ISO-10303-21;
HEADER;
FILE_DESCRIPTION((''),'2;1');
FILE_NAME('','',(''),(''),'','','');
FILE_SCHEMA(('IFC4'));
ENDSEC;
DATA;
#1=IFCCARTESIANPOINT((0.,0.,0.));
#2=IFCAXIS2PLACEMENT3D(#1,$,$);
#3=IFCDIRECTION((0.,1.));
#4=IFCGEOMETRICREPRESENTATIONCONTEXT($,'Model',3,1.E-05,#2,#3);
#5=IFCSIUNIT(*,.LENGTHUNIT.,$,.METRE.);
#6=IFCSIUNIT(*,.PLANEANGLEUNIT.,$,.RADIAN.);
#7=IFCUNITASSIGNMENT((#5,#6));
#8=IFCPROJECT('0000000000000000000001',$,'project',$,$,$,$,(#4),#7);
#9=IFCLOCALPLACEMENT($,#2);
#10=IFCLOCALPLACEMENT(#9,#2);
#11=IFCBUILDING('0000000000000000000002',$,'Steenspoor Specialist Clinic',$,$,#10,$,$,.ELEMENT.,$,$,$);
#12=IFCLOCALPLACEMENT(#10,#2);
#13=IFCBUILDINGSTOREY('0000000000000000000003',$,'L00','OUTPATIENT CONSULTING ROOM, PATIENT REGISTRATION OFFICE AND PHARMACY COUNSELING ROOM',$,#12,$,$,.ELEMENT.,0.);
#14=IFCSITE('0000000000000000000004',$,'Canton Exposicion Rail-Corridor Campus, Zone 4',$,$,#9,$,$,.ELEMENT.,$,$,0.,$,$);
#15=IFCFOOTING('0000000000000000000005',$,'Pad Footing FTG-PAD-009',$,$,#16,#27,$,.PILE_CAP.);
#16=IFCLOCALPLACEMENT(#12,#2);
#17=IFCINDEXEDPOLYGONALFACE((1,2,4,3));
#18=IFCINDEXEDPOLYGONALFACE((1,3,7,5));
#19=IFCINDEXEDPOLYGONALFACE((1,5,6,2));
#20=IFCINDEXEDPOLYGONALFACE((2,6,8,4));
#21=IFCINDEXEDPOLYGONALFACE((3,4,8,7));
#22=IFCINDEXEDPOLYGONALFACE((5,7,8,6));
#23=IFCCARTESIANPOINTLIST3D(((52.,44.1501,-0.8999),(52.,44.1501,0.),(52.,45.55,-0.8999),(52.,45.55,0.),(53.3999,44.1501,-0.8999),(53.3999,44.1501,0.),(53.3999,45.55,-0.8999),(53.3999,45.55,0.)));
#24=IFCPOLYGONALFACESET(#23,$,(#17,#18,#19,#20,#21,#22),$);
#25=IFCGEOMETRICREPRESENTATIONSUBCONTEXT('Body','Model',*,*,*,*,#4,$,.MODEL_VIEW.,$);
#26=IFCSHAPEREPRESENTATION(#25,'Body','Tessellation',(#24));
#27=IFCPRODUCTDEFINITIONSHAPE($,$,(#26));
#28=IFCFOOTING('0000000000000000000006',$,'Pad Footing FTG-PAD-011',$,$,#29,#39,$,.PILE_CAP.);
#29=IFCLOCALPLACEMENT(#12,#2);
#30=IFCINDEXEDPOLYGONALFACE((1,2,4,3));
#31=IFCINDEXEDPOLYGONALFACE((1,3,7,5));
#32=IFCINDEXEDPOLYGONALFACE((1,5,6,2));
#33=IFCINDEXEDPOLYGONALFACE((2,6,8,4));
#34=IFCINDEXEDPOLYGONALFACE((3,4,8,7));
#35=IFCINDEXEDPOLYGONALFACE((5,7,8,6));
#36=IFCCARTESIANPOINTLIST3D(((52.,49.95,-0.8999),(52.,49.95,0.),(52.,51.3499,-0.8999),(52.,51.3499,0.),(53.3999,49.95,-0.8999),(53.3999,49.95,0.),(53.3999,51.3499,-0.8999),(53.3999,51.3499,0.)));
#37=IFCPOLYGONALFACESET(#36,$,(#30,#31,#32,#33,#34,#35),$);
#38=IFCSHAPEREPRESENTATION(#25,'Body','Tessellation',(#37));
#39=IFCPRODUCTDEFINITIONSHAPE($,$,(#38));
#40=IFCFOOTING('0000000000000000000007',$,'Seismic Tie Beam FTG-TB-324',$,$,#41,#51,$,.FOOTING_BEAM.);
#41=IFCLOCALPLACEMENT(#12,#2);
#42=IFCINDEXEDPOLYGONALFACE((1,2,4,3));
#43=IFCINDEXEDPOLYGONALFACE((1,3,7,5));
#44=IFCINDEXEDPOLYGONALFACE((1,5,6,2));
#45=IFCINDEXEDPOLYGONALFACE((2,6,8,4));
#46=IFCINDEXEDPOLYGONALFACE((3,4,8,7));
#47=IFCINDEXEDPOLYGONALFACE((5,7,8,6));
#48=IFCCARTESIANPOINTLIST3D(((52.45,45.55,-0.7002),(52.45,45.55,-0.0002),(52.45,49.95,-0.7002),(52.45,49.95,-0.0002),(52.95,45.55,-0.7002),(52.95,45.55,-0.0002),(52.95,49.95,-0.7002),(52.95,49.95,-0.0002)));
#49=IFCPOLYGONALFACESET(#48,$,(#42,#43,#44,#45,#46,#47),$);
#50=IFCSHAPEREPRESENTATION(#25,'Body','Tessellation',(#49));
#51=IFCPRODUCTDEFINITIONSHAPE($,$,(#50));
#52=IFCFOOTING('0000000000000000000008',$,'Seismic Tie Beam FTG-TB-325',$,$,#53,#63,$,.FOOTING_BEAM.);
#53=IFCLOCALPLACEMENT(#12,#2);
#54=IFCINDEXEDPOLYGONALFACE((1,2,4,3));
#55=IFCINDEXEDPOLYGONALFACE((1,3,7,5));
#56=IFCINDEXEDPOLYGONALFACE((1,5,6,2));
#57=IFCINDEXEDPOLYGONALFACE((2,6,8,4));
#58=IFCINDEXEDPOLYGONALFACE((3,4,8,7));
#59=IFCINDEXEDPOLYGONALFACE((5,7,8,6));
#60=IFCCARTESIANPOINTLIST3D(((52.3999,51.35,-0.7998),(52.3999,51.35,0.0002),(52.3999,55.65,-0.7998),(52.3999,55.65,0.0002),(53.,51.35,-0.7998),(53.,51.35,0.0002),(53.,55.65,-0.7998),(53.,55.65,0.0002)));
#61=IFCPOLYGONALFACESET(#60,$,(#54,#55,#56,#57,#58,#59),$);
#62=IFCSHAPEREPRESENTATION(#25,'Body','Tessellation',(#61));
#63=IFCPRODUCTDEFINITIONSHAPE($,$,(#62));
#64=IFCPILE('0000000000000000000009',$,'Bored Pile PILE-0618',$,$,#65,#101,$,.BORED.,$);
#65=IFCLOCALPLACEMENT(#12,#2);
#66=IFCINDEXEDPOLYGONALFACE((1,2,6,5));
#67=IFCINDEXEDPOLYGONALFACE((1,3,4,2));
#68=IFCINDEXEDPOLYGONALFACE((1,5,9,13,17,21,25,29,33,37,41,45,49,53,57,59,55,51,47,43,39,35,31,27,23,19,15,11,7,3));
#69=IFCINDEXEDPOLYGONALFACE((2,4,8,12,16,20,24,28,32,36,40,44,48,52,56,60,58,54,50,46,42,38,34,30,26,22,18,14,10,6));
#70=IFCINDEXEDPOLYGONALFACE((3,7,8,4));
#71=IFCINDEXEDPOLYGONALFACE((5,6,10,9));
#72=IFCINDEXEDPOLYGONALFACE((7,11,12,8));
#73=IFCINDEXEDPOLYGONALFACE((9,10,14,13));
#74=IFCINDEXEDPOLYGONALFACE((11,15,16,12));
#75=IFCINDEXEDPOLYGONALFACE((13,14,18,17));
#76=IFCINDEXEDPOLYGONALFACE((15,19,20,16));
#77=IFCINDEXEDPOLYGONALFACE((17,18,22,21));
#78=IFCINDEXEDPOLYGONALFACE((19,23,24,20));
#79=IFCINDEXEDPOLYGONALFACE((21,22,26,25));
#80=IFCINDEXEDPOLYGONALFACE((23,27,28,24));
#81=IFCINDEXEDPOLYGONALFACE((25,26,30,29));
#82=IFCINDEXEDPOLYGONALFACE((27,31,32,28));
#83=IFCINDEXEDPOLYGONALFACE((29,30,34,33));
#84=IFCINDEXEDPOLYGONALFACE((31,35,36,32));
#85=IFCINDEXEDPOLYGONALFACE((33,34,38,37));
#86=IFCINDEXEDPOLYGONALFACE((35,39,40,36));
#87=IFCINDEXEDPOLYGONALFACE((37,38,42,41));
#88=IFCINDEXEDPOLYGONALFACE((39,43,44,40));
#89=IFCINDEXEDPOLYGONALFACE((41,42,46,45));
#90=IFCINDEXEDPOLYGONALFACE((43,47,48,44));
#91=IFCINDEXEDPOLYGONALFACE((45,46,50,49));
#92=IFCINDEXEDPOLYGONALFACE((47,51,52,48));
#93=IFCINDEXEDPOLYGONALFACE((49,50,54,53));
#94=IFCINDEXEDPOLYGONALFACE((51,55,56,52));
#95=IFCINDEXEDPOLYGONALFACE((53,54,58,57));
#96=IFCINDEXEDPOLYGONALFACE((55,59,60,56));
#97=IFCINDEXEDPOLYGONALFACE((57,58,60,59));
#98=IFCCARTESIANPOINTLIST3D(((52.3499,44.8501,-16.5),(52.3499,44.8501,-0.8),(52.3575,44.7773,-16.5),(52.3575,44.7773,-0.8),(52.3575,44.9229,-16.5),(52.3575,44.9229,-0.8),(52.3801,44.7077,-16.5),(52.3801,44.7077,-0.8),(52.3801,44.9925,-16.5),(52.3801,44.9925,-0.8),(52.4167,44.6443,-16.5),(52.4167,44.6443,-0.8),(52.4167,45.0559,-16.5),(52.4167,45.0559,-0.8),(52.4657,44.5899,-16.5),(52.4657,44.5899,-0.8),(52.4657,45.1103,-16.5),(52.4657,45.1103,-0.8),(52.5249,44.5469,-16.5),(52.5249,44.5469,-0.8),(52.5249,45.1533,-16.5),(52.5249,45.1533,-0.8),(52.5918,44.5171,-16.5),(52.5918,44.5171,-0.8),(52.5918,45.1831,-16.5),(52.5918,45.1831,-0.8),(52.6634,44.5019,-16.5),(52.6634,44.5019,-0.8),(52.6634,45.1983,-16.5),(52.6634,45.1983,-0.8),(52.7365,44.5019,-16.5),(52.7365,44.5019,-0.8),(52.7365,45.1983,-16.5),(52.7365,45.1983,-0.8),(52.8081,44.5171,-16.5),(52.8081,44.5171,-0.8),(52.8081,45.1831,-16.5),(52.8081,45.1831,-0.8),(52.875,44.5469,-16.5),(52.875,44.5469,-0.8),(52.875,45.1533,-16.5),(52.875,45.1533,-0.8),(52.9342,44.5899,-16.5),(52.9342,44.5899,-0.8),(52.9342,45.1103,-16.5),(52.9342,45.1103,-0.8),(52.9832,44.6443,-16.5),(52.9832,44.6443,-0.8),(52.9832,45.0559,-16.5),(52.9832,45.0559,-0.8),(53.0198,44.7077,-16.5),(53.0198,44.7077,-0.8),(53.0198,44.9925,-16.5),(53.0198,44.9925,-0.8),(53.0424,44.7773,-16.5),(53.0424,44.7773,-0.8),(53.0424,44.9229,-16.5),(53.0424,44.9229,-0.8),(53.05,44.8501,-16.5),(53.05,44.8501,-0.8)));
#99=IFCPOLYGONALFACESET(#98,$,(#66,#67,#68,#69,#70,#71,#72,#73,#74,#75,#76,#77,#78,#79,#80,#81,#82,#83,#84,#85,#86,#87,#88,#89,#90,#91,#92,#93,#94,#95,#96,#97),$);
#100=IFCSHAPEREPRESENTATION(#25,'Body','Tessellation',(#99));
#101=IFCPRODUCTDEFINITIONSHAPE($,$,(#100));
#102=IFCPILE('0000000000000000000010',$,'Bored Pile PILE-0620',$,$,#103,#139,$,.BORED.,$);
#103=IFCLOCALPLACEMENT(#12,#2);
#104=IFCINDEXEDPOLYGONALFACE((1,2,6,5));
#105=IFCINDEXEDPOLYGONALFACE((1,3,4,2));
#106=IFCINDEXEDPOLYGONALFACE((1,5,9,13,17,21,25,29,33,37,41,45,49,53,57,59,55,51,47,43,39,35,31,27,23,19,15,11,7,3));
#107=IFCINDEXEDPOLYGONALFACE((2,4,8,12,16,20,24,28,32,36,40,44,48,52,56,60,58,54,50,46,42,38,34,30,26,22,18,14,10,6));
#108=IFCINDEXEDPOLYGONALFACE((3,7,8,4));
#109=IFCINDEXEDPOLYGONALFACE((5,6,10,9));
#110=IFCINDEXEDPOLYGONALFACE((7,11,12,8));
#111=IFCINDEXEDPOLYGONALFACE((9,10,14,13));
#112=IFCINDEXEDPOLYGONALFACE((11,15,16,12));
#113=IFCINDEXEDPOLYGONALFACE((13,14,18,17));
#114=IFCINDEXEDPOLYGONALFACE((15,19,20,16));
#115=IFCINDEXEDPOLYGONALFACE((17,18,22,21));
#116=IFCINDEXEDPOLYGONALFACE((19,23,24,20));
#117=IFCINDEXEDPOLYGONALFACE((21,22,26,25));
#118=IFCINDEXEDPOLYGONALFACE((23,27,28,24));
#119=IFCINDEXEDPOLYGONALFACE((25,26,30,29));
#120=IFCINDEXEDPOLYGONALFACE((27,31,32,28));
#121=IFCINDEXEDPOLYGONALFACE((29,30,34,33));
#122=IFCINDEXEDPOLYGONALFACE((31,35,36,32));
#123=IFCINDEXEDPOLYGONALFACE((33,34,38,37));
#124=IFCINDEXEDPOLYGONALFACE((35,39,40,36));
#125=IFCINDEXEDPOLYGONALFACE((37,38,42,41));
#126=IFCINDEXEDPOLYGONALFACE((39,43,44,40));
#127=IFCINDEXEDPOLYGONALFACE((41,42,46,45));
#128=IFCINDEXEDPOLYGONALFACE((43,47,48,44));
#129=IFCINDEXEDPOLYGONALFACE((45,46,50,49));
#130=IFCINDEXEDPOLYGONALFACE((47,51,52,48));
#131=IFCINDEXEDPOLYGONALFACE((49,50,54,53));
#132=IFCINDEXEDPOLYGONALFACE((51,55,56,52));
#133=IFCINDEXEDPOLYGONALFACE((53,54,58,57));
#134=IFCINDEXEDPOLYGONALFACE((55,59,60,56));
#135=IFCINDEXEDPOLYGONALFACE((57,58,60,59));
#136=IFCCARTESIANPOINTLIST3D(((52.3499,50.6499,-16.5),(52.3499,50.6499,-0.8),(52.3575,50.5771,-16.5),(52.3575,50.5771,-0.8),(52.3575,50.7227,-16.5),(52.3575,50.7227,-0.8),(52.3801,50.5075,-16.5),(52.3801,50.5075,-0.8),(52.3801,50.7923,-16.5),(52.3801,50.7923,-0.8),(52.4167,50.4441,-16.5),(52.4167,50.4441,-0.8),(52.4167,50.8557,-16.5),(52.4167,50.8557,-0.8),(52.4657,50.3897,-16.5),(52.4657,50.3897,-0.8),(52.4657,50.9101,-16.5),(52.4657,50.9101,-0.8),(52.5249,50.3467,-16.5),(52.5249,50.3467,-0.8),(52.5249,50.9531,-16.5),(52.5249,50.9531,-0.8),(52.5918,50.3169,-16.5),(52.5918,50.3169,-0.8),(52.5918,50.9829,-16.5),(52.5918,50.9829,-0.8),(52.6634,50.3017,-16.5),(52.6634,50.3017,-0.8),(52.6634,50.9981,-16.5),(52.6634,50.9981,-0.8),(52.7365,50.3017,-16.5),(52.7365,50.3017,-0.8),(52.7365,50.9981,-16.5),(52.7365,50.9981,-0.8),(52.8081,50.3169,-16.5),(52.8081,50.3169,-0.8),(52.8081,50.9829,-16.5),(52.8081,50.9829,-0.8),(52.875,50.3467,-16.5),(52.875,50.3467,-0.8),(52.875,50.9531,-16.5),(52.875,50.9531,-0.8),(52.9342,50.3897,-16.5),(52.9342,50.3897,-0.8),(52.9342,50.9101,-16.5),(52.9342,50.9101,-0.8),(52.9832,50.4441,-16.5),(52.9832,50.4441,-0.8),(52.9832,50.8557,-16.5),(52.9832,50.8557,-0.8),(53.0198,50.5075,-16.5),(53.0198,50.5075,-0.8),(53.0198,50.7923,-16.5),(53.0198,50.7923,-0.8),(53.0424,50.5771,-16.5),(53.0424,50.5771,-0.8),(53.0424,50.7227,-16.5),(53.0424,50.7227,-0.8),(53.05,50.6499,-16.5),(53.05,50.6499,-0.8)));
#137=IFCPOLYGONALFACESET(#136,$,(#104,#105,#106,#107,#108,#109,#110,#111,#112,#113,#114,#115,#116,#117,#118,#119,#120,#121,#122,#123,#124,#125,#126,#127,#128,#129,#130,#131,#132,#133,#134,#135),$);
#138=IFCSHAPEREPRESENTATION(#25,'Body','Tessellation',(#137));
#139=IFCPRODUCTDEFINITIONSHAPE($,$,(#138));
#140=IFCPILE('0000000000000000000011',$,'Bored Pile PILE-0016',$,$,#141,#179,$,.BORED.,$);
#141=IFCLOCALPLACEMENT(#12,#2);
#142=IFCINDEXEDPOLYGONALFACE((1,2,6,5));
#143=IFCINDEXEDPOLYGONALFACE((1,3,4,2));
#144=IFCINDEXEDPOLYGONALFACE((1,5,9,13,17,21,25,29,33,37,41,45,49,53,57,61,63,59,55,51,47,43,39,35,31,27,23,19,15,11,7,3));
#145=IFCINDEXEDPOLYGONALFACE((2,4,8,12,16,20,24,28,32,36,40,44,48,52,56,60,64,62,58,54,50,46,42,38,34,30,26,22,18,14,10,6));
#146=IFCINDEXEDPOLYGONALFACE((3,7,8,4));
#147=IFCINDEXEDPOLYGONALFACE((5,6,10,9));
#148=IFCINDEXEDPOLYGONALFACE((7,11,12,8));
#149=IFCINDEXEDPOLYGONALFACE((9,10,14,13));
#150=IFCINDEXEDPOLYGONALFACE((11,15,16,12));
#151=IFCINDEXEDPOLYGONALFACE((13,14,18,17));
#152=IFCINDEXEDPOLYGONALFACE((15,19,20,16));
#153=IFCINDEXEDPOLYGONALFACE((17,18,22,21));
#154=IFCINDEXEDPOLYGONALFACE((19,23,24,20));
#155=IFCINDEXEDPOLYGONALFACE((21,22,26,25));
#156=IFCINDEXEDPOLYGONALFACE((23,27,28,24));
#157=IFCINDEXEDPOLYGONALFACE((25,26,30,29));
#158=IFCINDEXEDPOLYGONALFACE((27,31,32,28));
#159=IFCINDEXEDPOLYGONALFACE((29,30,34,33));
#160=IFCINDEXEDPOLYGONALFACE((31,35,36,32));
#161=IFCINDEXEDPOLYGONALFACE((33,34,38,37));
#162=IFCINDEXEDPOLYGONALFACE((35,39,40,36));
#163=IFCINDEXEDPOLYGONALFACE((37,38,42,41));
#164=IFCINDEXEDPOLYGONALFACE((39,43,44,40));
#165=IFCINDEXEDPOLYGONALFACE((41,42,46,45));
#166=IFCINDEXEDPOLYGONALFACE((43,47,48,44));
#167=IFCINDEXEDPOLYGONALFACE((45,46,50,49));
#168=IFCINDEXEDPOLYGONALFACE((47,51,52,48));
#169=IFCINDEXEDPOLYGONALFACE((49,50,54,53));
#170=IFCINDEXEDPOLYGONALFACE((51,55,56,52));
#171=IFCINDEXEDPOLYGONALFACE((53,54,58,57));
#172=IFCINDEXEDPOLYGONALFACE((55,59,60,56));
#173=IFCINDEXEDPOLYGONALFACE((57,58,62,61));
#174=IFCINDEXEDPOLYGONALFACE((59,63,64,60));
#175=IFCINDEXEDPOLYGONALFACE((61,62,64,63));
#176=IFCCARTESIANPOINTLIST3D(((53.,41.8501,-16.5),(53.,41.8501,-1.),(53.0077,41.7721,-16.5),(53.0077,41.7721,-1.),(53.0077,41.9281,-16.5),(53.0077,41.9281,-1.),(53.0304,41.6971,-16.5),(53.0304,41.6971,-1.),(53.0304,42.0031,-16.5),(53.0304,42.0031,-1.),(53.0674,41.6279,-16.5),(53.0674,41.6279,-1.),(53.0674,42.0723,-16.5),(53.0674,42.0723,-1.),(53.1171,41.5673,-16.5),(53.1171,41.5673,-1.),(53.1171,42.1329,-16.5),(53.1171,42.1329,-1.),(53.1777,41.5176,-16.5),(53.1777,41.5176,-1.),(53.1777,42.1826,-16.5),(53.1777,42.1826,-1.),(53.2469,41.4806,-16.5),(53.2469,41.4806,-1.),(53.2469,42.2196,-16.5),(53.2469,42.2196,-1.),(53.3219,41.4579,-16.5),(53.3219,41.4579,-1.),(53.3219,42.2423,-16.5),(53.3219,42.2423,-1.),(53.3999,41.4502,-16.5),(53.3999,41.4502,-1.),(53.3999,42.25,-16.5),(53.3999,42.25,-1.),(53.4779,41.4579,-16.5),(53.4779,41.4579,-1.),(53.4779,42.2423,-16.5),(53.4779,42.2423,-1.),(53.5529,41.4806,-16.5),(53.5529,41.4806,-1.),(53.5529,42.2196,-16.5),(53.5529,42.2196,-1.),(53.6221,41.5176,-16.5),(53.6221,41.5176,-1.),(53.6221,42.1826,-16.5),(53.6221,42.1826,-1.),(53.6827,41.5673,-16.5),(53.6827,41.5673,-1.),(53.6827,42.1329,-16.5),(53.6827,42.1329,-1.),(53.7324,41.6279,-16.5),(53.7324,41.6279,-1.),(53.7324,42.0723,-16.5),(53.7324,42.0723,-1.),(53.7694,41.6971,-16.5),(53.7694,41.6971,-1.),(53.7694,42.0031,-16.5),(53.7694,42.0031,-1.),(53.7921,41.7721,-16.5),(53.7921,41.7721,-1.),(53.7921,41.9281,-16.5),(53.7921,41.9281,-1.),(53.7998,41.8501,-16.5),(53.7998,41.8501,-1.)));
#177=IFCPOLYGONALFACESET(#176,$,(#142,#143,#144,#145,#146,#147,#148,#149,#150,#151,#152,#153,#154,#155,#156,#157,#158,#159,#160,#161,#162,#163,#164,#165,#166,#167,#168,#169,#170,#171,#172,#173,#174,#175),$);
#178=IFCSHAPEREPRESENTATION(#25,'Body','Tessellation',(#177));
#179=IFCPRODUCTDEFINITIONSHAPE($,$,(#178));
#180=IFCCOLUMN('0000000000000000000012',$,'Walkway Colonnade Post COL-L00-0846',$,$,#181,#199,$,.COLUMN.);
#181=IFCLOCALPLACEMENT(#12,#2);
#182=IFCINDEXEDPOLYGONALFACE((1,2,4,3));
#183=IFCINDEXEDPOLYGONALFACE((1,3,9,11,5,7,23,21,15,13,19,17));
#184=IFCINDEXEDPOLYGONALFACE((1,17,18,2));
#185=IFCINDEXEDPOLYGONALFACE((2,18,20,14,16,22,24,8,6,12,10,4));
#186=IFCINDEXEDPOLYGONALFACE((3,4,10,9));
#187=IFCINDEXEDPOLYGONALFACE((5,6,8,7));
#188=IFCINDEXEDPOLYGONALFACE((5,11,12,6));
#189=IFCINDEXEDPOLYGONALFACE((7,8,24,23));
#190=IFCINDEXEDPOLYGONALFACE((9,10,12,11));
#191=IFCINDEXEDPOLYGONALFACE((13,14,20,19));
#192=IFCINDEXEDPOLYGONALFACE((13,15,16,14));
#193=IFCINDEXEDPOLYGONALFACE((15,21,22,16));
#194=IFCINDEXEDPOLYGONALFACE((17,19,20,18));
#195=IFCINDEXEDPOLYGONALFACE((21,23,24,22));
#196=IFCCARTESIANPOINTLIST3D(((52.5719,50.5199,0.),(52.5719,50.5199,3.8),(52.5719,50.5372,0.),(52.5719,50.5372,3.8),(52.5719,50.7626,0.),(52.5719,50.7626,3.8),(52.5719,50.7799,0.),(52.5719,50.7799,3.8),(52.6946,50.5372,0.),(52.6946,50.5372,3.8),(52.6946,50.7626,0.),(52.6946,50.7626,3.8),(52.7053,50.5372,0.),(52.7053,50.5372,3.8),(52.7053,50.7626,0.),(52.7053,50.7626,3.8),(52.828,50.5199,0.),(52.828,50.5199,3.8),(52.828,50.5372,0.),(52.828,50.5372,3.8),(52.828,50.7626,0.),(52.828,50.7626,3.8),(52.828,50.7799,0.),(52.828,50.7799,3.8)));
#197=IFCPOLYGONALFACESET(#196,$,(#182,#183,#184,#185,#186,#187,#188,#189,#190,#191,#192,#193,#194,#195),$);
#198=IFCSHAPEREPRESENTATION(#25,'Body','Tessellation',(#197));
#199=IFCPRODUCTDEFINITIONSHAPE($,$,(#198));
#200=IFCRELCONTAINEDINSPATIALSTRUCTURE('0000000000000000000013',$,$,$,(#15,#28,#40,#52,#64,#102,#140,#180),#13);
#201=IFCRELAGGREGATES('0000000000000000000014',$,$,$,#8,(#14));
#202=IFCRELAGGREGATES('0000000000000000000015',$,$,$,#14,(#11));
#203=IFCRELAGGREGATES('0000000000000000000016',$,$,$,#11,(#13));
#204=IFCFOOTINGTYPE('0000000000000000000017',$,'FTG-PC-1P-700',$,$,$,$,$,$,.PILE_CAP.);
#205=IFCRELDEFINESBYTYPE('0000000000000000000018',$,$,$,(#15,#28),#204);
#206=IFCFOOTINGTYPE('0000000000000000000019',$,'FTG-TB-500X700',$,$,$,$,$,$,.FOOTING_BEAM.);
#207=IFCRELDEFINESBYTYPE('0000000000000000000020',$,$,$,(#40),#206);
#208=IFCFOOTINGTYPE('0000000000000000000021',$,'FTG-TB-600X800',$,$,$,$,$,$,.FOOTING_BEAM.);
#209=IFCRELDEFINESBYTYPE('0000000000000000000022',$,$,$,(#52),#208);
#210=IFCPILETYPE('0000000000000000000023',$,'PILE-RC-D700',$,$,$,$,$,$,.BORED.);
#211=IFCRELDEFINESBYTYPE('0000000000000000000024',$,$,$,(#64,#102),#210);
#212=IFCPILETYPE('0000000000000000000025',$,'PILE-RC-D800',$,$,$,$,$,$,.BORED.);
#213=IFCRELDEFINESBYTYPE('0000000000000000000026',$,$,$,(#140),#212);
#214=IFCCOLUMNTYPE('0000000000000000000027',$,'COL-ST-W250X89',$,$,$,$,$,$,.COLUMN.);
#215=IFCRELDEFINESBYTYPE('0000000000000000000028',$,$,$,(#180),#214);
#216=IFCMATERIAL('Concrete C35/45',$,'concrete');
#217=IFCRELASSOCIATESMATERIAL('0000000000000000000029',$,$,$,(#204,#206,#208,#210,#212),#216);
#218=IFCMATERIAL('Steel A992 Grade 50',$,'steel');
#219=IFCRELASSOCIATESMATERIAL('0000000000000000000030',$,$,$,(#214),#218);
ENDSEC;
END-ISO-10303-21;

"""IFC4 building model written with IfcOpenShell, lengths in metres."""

from ifc_helpers import new_model, si_unit, direction, frame, origin, origin_2d, place, context, subcontext, project, spatial, rectangle, circle, i_section, extrude, material, material_profile, profile_set, type_object, element, save


model = new_model("IFC4")

# Units and contexts
model_context = context("Model", 3, precision=1e-05, world=origin(), true_north=direction((0.0, 1.0)))
body_context = subcontext(model_context, "Body", "Model", "MODEL_VIEW")
ifc_project = project(units=[si_unit("LENGTHUNIT", "METRE"), si_unit("PLANEANGLEUNIT", "RADIAN")], contexts=[model_context])

# Site, building, storey
site_placement = place(None, origin())
site = spatial("IfcSite", under=ifc_project, at=site_placement, Name="Canton Exposicion Rail-Corridor Campus, Zone 4", CompositionType="ELEMENT", RefElevation=0.0)
building_placement = place(site_placement, origin())
building = spatial("IfcBuilding", under=site, at=building_placement, Name="Steenspoor Specialist Clinic", CompositionType="ELEMENT")
storey_placement = place(building_placement, origin())
storey = spatial("IfcBuildingStorey", under=building, at=storey_placement, Name="L00", Description="OUTPATIENT CONSULTING ROOM, PATIENT REGISTRATION OFFICE AND PHARMACY COUNSELING ROOM", CompositionType="ELEMENT", Elevation=0.0)

# Footings
ifc_material_1 = material(Name="Concrete C35/45", Category="concrete")
footing_type_1 = type_object("IfcFootingType", Name="FTG-PC-1P-700", PredefinedType="PILE_CAP", material=ifc_material_1)
for number, where, z_axis, x_axis, name in (
    (1, (52.7, 44.8501, -0.8999), (0.0, 0.0, 1.0), (1.0, 0.0, 0.0), "Pad Footing FTG-PAD-009"),
    (2, (52.7, 50.6499, -0.8999), (0.0, 0.0, 1.0), (1.0, 0.0, 0.0), "Pad Footing FTG-PAD-011"),
):
    element("IfcFooting", number, at=place(storey_placement, frame(where, z_axis=z_axis, x_axis=x_axis)), inside=storey, type_object=footing_type_1, Name=name, PredefinedType="PILE_CAP", context=body_context, shape_type="SweptSolid", body=[
        extrude(rectangle(XDim=1.3999, YDim=1.3999, at=origin_2d()), origin(), (0.0, 0.0, 1.0), 0.8999),
    ])
footing_type_2 = type_object("IfcFootingType", Name="FTG-TB-500X700", PredefinedType="FOOTING_BEAM", material=ifc_material_1)
footing_1_placement = place(storey_placement, frame((52.7, 47.75, -0.7002), z_axis=(0.0, 0.0, 1.0), x_axis=(1.0, 0.0, 0.0)))
element("IfcFooting", 3, at=footing_1_placement, inside=storey, type_object=footing_type_2, Name="Seismic Tie Beam FTG-TB-324", PredefinedType="FOOTING_BEAM", context=body_context, shape_type="SweptSolid", body=[
    extrude(rectangle(XDim=0.5, YDim=4.3999, at=origin_2d()), origin(), (0.0, 0.0, 1.0), 0.7),
])
footing_type_3 = type_object("IfcFootingType", Name="FTG-TB-600X800", PredefinedType="FOOTING_BEAM", material=ifc_material_1)
footing_2_placement = place(storey_placement, frame((52.7, 53.5, -0.7998), z_axis=(0.0, 0.0, 1.0), x_axis=(1.0, 0.0, 0.0)))
element("IfcFooting", 4, at=footing_2_placement, inside=storey, type_object=footing_type_3, Name="Seismic Tie Beam FTG-TB-325", PredefinedType="FOOTING_BEAM", context=body_context, shape_type="SweptSolid", body=[
    extrude(rectangle(XDim=0.6001, YDim=4.3, at=origin_2d()), origin(), (0.0, 0.0, 1.0), 0.8),
])

# Piles
ifc_material_profile_1 = material_profile(ifc_material_1, circle(Radius=0.3501, at=origin_2d()), Name="PILE-D700")
ifc_profile_set_1 = profile_set([ifc_material_profile_1], Name="Concrete C35/45")
pile_type_1 = type_object("IfcPileType", Name="PILE-RC-D700", PredefinedType="BORED", material=ifc_profile_set_1)
for number, where, z_axis, x_axis, name in (
    (5, (52.7, 44.8501, -0.8), (0.0, 0.0, -1.0), (1.0, 0.0, 0.0), "Bored Pile PILE-0618"),
    (6, (52.7, 50.6499, -0.8), (0.0, 0.0, -1.0), (1.0, 0.0, 0.0), "Bored Pile PILE-0620"),
):
    element("IfcPile", number, at=place(storey_placement, frame(where, z_axis=z_axis, x_axis=x_axis)), inside=storey, type_object=pile_type_1, Name=name, PredefinedType="BORED", context=body_context, shape_type="SweptSolid", body=[
        extrude(circle(Radius=0.3501, at=origin_2d()), origin(), (0.0, 0.0, 1.0), 15.7),
    ])
ifc_material_profile_2 = material_profile(ifc_material_1, circle(Radius=0.3999, at=origin_2d()), Name="PILE-D800")
ifc_profile_set_2 = profile_set([ifc_material_profile_2], Name="Concrete C35/45")
pile_type_2 = type_object("IfcPileType", Name="PILE-RC-D800", PredefinedType="BORED", material=ifc_profile_set_2)
pile_placement = place(storey_placement, frame((53.3999, 41.8501, -1.0), z_axis=(0.0, 0.0, -1.0), x_axis=(1.0, 0.0, 0.0)))
element("IfcPile", 7, at=pile_placement, inside=storey, type_object=pile_type_2, Name="Bored Pile PILE-0016", PredefinedType="BORED", context=body_context, shape_type="SweptSolid", body=[
    extrude(circle(Radius=0.3999, at=origin_2d()), origin(), (0.0, 0.0, 1.0), 15.5),
])

# Column
ifc_material_2 = material(Name="Steel A992 Grade 50", Category="steel")
ifc_material_profile_3 = material_profile(ifc_material_2, i_section(OverallWidth=0.2561, OverallDepth=0.26, WebThickness=0.0107, FlangeThickness=0.0173, at=origin_2d()), Name="W250X89")
ifc_profile_set_3 = profile_set([ifc_material_profile_3], Name="Steel A992 Grade 50")
column_type_1 = type_object("IfcColumnType", Name="COL-ST-W250X89", PredefinedType="COLUMN", material=ifc_profile_set_3)
column_1_placement = place(storey_placement, frame((52.7, 50.6499, 0.0), z_axis=(0.0, 0.0, 1.0), x_axis=(1.0, 0.0, 0.0)))
element("IfcColumn", 8, at=column_1_placement, inside=storey, type_object=column_type_1, Name="Walkway Colonnade Post COL-L00-0846", PredefinedType="COLUMN", context=body_context, shape_type="SweptSolid", body=[
    extrude(i_section(OverallWidth=0.2561, OverallDepth=0.26, WebThickness=0.0107, FlangeThickness=0.0173, at=origin_2d()), origin(), (0.0, 0.0, 1.0), 3.8),
])

save(model, "model.ifc")
